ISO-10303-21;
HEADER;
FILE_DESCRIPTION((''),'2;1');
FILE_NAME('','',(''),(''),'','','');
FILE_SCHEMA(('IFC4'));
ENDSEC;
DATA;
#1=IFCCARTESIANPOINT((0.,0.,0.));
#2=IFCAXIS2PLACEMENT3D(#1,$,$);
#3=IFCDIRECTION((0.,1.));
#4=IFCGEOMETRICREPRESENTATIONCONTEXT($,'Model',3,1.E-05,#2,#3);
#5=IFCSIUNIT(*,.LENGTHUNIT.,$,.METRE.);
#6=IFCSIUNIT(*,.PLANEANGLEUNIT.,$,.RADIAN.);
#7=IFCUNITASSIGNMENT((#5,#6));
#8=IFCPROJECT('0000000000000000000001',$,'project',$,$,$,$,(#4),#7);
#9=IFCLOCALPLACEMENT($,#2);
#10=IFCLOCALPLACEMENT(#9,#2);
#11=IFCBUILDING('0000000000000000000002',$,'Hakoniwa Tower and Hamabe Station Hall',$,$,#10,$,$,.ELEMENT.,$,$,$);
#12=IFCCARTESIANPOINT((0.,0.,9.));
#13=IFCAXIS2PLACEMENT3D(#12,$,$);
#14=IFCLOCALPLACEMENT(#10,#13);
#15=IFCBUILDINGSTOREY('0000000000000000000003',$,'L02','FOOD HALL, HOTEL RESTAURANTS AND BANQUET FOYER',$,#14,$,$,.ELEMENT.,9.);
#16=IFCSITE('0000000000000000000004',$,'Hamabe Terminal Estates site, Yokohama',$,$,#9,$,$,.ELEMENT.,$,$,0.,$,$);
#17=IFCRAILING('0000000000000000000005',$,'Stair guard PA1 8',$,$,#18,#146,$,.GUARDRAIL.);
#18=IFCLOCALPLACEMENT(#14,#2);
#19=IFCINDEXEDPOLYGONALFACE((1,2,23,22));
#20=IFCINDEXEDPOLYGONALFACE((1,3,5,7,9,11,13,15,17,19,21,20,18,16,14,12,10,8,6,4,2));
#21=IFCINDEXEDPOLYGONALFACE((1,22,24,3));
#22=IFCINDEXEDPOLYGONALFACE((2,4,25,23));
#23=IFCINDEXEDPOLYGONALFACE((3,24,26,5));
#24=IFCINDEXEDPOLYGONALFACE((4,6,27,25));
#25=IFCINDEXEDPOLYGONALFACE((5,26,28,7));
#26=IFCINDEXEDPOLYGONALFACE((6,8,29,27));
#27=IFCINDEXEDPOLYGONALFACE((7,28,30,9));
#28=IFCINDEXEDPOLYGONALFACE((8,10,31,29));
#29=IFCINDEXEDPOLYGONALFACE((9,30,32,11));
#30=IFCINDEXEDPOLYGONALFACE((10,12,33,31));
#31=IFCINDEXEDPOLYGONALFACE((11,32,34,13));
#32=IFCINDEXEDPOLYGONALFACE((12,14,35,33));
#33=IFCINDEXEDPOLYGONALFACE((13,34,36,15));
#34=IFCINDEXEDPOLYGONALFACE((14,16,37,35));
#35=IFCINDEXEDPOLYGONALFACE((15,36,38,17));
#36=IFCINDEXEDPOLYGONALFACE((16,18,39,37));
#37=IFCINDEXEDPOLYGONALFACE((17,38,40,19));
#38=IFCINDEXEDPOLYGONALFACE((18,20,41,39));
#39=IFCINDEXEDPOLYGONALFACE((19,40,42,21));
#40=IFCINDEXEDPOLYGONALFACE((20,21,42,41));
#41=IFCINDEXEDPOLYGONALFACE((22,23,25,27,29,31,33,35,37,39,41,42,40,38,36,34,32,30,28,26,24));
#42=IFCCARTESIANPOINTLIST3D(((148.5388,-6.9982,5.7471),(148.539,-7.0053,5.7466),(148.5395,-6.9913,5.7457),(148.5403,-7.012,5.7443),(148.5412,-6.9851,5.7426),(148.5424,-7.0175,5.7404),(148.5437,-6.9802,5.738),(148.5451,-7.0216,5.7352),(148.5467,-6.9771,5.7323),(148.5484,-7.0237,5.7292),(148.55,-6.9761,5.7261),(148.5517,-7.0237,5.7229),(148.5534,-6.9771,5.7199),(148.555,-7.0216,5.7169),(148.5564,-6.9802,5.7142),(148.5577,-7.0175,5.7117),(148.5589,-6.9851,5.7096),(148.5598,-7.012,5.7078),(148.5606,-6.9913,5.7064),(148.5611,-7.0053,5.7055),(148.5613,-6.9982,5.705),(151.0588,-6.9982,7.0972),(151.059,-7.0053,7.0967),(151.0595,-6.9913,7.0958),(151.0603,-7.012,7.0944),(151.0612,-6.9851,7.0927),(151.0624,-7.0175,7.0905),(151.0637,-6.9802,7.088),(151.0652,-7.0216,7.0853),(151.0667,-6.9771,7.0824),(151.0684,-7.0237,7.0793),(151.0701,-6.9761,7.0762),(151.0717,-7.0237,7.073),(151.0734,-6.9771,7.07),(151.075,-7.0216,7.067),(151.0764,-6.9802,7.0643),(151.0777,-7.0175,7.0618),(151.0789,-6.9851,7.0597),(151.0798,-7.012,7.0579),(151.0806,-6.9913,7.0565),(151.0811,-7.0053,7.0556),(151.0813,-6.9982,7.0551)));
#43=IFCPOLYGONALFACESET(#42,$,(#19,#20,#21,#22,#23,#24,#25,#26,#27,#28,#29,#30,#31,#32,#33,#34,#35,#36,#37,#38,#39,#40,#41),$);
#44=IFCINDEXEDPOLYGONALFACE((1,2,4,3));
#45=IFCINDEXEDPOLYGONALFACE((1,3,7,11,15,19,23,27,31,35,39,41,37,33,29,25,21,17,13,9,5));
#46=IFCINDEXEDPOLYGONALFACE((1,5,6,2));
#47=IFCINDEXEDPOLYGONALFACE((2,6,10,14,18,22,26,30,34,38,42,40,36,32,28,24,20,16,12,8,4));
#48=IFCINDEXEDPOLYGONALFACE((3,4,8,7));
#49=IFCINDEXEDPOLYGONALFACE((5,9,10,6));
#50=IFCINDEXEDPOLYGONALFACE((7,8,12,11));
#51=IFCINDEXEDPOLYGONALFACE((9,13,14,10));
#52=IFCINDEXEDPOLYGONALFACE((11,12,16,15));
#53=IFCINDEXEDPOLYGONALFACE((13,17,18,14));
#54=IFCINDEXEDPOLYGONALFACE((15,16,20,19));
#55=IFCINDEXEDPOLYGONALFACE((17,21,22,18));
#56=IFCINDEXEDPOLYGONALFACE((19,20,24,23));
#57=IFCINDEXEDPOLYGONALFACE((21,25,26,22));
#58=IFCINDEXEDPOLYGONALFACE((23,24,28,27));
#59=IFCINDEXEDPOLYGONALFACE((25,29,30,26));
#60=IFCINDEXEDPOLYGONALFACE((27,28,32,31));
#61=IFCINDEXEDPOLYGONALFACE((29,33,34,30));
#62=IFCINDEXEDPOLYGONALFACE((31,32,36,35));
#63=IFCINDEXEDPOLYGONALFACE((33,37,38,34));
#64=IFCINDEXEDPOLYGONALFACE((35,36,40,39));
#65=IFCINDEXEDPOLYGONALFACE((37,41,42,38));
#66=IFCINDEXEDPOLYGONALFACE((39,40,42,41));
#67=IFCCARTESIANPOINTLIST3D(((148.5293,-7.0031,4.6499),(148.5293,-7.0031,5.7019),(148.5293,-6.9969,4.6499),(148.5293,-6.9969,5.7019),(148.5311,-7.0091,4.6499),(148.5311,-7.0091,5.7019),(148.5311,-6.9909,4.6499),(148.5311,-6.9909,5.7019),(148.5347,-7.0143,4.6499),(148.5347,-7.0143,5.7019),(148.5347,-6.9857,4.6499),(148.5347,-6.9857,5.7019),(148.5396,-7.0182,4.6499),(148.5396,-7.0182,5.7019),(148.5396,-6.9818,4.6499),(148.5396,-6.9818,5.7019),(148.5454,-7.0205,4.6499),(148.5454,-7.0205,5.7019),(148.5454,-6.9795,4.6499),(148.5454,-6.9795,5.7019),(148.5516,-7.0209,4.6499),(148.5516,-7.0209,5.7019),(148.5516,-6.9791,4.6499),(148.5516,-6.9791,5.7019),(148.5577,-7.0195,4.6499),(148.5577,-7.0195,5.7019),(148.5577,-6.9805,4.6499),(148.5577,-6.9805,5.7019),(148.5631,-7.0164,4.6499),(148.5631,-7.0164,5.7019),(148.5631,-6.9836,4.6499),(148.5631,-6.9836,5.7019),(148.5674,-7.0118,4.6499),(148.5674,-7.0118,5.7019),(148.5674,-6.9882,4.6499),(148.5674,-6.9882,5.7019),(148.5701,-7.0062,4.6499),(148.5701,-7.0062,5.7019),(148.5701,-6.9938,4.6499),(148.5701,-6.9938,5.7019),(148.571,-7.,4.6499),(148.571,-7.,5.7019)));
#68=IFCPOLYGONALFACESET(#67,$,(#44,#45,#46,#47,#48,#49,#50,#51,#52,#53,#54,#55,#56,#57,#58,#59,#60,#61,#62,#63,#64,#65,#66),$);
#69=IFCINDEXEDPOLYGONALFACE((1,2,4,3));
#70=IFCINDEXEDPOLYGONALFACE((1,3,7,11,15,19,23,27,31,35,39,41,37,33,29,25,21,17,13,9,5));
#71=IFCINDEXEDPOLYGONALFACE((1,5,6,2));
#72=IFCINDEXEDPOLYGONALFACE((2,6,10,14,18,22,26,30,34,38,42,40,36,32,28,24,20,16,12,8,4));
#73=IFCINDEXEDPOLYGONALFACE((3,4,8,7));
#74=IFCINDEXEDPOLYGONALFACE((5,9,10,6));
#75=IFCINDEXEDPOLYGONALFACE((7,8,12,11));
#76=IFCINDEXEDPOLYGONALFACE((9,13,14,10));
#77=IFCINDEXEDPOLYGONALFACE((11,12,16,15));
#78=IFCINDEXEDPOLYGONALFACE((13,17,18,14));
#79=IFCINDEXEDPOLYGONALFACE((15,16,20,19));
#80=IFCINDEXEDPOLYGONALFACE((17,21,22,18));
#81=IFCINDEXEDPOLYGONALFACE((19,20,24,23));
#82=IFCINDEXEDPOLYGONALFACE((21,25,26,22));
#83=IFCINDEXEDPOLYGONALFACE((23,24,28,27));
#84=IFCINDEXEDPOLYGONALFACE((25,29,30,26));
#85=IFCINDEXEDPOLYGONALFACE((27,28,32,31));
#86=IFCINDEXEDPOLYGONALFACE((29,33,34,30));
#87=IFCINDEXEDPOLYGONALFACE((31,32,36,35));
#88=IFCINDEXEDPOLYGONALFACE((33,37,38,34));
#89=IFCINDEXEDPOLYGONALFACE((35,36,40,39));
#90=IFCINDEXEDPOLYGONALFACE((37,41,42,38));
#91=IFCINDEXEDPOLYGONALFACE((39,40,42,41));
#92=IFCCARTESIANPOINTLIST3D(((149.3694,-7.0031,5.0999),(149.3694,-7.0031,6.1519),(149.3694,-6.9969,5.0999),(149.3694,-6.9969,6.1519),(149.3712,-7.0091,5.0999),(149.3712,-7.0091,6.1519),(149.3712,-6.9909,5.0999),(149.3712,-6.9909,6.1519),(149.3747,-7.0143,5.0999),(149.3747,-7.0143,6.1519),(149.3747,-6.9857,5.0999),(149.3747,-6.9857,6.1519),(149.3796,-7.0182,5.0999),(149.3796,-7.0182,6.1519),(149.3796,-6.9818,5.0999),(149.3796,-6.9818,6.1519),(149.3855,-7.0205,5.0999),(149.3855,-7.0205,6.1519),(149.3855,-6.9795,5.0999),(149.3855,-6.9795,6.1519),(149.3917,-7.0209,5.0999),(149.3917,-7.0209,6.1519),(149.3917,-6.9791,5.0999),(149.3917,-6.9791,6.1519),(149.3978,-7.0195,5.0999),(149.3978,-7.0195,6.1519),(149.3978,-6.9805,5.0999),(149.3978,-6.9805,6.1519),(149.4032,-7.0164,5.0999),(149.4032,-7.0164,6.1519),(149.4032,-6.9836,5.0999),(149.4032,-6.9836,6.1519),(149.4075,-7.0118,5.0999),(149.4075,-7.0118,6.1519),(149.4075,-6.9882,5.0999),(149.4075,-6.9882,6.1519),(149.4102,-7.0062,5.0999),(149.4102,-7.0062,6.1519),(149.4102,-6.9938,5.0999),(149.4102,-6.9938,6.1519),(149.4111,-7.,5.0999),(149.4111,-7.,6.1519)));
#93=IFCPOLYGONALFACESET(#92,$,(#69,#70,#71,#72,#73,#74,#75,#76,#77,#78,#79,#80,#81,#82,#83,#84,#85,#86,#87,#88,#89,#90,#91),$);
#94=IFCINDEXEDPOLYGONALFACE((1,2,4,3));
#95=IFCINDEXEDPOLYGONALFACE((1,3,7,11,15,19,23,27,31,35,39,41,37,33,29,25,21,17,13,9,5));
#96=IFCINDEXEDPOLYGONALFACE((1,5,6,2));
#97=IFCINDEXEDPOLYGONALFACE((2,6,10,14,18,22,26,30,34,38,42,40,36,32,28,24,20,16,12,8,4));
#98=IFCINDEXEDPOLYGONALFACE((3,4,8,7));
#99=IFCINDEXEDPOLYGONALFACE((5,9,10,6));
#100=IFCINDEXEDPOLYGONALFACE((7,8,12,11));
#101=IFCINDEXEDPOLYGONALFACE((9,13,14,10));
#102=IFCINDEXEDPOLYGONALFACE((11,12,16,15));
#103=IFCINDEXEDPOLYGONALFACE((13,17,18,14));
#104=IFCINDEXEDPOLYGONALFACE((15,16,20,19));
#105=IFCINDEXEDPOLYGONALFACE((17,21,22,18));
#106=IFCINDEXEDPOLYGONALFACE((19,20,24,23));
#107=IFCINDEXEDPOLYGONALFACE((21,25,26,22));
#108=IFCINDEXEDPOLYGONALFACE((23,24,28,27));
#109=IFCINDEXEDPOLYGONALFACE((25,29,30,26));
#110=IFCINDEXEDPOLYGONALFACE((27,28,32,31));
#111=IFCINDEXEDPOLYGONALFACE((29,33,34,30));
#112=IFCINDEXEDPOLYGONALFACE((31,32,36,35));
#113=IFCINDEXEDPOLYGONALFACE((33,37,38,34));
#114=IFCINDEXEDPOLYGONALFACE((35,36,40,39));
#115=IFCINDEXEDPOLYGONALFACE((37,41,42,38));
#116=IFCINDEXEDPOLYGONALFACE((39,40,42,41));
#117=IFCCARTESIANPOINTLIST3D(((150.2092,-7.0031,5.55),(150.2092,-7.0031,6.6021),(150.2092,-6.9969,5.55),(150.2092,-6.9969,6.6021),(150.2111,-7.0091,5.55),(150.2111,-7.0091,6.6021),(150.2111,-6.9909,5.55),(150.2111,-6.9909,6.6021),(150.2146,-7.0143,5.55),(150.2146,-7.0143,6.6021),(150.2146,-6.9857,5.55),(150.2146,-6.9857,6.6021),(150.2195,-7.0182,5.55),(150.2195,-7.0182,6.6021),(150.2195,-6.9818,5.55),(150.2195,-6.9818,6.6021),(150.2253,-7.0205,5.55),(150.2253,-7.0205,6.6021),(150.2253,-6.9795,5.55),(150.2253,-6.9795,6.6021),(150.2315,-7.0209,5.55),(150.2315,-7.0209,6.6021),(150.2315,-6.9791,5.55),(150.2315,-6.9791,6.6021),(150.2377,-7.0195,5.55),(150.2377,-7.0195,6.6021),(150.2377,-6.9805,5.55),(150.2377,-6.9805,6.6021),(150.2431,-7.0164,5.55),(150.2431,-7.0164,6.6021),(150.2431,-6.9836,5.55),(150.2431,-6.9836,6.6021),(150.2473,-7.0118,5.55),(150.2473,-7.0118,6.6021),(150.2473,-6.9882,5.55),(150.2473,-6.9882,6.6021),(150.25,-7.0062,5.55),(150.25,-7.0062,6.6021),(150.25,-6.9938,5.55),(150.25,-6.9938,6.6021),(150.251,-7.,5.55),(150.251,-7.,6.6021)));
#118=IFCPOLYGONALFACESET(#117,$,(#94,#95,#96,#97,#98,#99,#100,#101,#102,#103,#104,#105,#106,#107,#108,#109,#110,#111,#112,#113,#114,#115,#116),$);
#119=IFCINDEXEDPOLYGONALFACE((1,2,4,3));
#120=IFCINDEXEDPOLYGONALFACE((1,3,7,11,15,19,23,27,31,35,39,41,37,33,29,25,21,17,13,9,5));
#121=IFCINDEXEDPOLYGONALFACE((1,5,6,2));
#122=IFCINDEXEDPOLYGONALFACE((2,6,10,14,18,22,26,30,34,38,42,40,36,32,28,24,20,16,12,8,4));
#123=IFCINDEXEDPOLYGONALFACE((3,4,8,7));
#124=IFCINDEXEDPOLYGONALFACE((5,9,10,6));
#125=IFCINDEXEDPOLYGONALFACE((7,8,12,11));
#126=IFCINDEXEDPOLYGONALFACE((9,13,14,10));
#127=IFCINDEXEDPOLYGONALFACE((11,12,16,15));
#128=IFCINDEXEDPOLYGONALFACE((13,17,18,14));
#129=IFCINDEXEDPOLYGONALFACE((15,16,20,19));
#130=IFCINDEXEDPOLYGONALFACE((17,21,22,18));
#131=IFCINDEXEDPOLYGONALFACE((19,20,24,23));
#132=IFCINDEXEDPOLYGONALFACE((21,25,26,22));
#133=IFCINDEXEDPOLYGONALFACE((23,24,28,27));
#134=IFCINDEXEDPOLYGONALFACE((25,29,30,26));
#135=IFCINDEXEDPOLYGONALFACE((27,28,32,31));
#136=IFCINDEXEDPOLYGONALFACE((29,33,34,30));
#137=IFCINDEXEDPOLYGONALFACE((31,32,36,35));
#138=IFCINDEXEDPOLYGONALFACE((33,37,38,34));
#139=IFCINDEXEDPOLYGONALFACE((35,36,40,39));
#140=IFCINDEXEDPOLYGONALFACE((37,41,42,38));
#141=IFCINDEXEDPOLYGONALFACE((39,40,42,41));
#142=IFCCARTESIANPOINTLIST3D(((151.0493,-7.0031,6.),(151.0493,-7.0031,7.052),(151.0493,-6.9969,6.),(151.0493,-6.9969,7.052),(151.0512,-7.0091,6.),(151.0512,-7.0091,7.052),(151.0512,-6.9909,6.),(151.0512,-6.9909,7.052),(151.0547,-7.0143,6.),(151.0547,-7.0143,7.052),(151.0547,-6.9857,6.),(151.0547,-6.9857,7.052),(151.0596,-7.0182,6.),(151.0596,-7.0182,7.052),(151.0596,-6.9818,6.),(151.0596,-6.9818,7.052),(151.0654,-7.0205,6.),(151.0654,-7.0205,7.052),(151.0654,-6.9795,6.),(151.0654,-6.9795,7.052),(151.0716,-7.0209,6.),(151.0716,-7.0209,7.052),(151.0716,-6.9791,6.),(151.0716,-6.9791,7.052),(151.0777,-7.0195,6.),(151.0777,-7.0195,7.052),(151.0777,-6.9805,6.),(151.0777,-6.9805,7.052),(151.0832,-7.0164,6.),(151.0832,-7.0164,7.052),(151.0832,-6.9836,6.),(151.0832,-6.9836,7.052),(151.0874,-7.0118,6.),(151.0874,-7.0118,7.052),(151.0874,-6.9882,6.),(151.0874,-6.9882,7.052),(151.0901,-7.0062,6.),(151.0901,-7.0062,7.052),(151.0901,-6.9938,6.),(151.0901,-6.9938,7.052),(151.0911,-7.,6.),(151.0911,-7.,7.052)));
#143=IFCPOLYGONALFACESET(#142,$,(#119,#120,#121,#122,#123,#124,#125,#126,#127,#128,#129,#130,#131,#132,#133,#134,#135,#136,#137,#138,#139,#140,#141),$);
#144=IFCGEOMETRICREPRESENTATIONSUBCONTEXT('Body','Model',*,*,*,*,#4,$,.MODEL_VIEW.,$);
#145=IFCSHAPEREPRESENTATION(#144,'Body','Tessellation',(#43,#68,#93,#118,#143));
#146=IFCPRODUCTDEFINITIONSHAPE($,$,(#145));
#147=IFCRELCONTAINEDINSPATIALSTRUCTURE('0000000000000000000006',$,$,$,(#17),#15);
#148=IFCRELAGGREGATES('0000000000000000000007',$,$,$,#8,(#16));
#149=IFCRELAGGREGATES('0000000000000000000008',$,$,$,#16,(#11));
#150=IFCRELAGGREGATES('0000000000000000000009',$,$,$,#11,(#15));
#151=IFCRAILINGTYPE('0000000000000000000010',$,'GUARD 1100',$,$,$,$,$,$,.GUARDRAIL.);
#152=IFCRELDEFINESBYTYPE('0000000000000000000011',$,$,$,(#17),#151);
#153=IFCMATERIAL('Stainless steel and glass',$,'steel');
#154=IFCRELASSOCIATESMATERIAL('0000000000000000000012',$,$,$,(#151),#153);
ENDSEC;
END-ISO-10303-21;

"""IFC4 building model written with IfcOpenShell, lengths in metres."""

from ifc_helpers import new_model, si_unit, direction, frame, origin, origin_2d, place, context, subcontext, project, spatial, circle, extrude, material, type_object, element, save


model = new_model("IFC4")

# Units and contexts
model_context = context("Model", 3, precision=1e-05, world=origin(), true_north=direction((0.0, 1.0)))
body_context = subcontext(model_context, "Body", "Model", "MODEL_VIEW")
ifc_project = project(units=[si_unit("LENGTHUNIT", "METRE"), si_unit("PLANEANGLEUNIT", "RADIAN")], contexts=[model_context])

# Site, building, storey
site_placement = place(None, origin())
site = spatial("IfcSite", under=ifc_project, at=site_placement, Name="Hamabe Terminal Estates site, Yokohama", CompositionType="ELEMENT", RefElevation=0.0)
building_placement = place(site_placement, origin())
building = spatial("IfcBuilding", under=site, at=building_placement, Name="Hakoniwa Tower and Hamabe Station Hall", CompositionType="ELEMENT")
storey_placement = place(building_placement, frame((0.0, 0.0, 9.0)))
storey = spatial("IfcBuildingStorey", under=building, at=storey_placement, Name="L02", Description="FOOD HALL, HOTEL RESTAURANTS AND BANQUET FOYER", CompositionType="ELEMENT", Elevation=9.0)

# Railing
ifc_material_1 = material(Name="Stainless steel and glass", Category="steel")
railing_type_1 = type_object("IfcRailingType", Name="GUARD 1100", PredefinedType="GUARDRAIL", material=ifc_material_1)
railing_1_placement = place(storey_placement, frame((148.55, -7.0, 4.6499)))
element("IfcRailing", 1, at=railing_1_placement, inside=storey, type_object=railing_type_1, Name="Stair guard PA1 8", PredefinedType="GUARDRAIL", context=body_context, shape_type="SweptSolid", body=[
    extrude(circle(Radius=0.0239, at=origin_2d()), frame((0.0, 0.0, 1.0762), z_axis=(0.881467, 0.0, 0.472245), x_axis=(0.0, 1.0, 0.0)), (0.0, 0.0, 1.0), 2.8589),
    extrude(circle(Radius=0.021, at=origin_2d()), origin(), (0.0, 0.0, 1.0), 1.052),
    extrude(circle(Radius=0.021, at=origin_2d()), frame((0.8401, 0.0, 0.45)), (0.0, 0.0, 1.0), 1.052),
    extrude(circle(Radius=0.021, at=origin_2d()), frame((1.6799, 0.0, 0.9001)), (0.0, 0.0, 1.0), 1.052),
    extrude(circle(Radius=0.021, at=origin_2d()), frame((2.52, 0.0, 1.3501)), (0.0, 0.0, 1.0), 1.052),
])

save(model, "model.ifc")
